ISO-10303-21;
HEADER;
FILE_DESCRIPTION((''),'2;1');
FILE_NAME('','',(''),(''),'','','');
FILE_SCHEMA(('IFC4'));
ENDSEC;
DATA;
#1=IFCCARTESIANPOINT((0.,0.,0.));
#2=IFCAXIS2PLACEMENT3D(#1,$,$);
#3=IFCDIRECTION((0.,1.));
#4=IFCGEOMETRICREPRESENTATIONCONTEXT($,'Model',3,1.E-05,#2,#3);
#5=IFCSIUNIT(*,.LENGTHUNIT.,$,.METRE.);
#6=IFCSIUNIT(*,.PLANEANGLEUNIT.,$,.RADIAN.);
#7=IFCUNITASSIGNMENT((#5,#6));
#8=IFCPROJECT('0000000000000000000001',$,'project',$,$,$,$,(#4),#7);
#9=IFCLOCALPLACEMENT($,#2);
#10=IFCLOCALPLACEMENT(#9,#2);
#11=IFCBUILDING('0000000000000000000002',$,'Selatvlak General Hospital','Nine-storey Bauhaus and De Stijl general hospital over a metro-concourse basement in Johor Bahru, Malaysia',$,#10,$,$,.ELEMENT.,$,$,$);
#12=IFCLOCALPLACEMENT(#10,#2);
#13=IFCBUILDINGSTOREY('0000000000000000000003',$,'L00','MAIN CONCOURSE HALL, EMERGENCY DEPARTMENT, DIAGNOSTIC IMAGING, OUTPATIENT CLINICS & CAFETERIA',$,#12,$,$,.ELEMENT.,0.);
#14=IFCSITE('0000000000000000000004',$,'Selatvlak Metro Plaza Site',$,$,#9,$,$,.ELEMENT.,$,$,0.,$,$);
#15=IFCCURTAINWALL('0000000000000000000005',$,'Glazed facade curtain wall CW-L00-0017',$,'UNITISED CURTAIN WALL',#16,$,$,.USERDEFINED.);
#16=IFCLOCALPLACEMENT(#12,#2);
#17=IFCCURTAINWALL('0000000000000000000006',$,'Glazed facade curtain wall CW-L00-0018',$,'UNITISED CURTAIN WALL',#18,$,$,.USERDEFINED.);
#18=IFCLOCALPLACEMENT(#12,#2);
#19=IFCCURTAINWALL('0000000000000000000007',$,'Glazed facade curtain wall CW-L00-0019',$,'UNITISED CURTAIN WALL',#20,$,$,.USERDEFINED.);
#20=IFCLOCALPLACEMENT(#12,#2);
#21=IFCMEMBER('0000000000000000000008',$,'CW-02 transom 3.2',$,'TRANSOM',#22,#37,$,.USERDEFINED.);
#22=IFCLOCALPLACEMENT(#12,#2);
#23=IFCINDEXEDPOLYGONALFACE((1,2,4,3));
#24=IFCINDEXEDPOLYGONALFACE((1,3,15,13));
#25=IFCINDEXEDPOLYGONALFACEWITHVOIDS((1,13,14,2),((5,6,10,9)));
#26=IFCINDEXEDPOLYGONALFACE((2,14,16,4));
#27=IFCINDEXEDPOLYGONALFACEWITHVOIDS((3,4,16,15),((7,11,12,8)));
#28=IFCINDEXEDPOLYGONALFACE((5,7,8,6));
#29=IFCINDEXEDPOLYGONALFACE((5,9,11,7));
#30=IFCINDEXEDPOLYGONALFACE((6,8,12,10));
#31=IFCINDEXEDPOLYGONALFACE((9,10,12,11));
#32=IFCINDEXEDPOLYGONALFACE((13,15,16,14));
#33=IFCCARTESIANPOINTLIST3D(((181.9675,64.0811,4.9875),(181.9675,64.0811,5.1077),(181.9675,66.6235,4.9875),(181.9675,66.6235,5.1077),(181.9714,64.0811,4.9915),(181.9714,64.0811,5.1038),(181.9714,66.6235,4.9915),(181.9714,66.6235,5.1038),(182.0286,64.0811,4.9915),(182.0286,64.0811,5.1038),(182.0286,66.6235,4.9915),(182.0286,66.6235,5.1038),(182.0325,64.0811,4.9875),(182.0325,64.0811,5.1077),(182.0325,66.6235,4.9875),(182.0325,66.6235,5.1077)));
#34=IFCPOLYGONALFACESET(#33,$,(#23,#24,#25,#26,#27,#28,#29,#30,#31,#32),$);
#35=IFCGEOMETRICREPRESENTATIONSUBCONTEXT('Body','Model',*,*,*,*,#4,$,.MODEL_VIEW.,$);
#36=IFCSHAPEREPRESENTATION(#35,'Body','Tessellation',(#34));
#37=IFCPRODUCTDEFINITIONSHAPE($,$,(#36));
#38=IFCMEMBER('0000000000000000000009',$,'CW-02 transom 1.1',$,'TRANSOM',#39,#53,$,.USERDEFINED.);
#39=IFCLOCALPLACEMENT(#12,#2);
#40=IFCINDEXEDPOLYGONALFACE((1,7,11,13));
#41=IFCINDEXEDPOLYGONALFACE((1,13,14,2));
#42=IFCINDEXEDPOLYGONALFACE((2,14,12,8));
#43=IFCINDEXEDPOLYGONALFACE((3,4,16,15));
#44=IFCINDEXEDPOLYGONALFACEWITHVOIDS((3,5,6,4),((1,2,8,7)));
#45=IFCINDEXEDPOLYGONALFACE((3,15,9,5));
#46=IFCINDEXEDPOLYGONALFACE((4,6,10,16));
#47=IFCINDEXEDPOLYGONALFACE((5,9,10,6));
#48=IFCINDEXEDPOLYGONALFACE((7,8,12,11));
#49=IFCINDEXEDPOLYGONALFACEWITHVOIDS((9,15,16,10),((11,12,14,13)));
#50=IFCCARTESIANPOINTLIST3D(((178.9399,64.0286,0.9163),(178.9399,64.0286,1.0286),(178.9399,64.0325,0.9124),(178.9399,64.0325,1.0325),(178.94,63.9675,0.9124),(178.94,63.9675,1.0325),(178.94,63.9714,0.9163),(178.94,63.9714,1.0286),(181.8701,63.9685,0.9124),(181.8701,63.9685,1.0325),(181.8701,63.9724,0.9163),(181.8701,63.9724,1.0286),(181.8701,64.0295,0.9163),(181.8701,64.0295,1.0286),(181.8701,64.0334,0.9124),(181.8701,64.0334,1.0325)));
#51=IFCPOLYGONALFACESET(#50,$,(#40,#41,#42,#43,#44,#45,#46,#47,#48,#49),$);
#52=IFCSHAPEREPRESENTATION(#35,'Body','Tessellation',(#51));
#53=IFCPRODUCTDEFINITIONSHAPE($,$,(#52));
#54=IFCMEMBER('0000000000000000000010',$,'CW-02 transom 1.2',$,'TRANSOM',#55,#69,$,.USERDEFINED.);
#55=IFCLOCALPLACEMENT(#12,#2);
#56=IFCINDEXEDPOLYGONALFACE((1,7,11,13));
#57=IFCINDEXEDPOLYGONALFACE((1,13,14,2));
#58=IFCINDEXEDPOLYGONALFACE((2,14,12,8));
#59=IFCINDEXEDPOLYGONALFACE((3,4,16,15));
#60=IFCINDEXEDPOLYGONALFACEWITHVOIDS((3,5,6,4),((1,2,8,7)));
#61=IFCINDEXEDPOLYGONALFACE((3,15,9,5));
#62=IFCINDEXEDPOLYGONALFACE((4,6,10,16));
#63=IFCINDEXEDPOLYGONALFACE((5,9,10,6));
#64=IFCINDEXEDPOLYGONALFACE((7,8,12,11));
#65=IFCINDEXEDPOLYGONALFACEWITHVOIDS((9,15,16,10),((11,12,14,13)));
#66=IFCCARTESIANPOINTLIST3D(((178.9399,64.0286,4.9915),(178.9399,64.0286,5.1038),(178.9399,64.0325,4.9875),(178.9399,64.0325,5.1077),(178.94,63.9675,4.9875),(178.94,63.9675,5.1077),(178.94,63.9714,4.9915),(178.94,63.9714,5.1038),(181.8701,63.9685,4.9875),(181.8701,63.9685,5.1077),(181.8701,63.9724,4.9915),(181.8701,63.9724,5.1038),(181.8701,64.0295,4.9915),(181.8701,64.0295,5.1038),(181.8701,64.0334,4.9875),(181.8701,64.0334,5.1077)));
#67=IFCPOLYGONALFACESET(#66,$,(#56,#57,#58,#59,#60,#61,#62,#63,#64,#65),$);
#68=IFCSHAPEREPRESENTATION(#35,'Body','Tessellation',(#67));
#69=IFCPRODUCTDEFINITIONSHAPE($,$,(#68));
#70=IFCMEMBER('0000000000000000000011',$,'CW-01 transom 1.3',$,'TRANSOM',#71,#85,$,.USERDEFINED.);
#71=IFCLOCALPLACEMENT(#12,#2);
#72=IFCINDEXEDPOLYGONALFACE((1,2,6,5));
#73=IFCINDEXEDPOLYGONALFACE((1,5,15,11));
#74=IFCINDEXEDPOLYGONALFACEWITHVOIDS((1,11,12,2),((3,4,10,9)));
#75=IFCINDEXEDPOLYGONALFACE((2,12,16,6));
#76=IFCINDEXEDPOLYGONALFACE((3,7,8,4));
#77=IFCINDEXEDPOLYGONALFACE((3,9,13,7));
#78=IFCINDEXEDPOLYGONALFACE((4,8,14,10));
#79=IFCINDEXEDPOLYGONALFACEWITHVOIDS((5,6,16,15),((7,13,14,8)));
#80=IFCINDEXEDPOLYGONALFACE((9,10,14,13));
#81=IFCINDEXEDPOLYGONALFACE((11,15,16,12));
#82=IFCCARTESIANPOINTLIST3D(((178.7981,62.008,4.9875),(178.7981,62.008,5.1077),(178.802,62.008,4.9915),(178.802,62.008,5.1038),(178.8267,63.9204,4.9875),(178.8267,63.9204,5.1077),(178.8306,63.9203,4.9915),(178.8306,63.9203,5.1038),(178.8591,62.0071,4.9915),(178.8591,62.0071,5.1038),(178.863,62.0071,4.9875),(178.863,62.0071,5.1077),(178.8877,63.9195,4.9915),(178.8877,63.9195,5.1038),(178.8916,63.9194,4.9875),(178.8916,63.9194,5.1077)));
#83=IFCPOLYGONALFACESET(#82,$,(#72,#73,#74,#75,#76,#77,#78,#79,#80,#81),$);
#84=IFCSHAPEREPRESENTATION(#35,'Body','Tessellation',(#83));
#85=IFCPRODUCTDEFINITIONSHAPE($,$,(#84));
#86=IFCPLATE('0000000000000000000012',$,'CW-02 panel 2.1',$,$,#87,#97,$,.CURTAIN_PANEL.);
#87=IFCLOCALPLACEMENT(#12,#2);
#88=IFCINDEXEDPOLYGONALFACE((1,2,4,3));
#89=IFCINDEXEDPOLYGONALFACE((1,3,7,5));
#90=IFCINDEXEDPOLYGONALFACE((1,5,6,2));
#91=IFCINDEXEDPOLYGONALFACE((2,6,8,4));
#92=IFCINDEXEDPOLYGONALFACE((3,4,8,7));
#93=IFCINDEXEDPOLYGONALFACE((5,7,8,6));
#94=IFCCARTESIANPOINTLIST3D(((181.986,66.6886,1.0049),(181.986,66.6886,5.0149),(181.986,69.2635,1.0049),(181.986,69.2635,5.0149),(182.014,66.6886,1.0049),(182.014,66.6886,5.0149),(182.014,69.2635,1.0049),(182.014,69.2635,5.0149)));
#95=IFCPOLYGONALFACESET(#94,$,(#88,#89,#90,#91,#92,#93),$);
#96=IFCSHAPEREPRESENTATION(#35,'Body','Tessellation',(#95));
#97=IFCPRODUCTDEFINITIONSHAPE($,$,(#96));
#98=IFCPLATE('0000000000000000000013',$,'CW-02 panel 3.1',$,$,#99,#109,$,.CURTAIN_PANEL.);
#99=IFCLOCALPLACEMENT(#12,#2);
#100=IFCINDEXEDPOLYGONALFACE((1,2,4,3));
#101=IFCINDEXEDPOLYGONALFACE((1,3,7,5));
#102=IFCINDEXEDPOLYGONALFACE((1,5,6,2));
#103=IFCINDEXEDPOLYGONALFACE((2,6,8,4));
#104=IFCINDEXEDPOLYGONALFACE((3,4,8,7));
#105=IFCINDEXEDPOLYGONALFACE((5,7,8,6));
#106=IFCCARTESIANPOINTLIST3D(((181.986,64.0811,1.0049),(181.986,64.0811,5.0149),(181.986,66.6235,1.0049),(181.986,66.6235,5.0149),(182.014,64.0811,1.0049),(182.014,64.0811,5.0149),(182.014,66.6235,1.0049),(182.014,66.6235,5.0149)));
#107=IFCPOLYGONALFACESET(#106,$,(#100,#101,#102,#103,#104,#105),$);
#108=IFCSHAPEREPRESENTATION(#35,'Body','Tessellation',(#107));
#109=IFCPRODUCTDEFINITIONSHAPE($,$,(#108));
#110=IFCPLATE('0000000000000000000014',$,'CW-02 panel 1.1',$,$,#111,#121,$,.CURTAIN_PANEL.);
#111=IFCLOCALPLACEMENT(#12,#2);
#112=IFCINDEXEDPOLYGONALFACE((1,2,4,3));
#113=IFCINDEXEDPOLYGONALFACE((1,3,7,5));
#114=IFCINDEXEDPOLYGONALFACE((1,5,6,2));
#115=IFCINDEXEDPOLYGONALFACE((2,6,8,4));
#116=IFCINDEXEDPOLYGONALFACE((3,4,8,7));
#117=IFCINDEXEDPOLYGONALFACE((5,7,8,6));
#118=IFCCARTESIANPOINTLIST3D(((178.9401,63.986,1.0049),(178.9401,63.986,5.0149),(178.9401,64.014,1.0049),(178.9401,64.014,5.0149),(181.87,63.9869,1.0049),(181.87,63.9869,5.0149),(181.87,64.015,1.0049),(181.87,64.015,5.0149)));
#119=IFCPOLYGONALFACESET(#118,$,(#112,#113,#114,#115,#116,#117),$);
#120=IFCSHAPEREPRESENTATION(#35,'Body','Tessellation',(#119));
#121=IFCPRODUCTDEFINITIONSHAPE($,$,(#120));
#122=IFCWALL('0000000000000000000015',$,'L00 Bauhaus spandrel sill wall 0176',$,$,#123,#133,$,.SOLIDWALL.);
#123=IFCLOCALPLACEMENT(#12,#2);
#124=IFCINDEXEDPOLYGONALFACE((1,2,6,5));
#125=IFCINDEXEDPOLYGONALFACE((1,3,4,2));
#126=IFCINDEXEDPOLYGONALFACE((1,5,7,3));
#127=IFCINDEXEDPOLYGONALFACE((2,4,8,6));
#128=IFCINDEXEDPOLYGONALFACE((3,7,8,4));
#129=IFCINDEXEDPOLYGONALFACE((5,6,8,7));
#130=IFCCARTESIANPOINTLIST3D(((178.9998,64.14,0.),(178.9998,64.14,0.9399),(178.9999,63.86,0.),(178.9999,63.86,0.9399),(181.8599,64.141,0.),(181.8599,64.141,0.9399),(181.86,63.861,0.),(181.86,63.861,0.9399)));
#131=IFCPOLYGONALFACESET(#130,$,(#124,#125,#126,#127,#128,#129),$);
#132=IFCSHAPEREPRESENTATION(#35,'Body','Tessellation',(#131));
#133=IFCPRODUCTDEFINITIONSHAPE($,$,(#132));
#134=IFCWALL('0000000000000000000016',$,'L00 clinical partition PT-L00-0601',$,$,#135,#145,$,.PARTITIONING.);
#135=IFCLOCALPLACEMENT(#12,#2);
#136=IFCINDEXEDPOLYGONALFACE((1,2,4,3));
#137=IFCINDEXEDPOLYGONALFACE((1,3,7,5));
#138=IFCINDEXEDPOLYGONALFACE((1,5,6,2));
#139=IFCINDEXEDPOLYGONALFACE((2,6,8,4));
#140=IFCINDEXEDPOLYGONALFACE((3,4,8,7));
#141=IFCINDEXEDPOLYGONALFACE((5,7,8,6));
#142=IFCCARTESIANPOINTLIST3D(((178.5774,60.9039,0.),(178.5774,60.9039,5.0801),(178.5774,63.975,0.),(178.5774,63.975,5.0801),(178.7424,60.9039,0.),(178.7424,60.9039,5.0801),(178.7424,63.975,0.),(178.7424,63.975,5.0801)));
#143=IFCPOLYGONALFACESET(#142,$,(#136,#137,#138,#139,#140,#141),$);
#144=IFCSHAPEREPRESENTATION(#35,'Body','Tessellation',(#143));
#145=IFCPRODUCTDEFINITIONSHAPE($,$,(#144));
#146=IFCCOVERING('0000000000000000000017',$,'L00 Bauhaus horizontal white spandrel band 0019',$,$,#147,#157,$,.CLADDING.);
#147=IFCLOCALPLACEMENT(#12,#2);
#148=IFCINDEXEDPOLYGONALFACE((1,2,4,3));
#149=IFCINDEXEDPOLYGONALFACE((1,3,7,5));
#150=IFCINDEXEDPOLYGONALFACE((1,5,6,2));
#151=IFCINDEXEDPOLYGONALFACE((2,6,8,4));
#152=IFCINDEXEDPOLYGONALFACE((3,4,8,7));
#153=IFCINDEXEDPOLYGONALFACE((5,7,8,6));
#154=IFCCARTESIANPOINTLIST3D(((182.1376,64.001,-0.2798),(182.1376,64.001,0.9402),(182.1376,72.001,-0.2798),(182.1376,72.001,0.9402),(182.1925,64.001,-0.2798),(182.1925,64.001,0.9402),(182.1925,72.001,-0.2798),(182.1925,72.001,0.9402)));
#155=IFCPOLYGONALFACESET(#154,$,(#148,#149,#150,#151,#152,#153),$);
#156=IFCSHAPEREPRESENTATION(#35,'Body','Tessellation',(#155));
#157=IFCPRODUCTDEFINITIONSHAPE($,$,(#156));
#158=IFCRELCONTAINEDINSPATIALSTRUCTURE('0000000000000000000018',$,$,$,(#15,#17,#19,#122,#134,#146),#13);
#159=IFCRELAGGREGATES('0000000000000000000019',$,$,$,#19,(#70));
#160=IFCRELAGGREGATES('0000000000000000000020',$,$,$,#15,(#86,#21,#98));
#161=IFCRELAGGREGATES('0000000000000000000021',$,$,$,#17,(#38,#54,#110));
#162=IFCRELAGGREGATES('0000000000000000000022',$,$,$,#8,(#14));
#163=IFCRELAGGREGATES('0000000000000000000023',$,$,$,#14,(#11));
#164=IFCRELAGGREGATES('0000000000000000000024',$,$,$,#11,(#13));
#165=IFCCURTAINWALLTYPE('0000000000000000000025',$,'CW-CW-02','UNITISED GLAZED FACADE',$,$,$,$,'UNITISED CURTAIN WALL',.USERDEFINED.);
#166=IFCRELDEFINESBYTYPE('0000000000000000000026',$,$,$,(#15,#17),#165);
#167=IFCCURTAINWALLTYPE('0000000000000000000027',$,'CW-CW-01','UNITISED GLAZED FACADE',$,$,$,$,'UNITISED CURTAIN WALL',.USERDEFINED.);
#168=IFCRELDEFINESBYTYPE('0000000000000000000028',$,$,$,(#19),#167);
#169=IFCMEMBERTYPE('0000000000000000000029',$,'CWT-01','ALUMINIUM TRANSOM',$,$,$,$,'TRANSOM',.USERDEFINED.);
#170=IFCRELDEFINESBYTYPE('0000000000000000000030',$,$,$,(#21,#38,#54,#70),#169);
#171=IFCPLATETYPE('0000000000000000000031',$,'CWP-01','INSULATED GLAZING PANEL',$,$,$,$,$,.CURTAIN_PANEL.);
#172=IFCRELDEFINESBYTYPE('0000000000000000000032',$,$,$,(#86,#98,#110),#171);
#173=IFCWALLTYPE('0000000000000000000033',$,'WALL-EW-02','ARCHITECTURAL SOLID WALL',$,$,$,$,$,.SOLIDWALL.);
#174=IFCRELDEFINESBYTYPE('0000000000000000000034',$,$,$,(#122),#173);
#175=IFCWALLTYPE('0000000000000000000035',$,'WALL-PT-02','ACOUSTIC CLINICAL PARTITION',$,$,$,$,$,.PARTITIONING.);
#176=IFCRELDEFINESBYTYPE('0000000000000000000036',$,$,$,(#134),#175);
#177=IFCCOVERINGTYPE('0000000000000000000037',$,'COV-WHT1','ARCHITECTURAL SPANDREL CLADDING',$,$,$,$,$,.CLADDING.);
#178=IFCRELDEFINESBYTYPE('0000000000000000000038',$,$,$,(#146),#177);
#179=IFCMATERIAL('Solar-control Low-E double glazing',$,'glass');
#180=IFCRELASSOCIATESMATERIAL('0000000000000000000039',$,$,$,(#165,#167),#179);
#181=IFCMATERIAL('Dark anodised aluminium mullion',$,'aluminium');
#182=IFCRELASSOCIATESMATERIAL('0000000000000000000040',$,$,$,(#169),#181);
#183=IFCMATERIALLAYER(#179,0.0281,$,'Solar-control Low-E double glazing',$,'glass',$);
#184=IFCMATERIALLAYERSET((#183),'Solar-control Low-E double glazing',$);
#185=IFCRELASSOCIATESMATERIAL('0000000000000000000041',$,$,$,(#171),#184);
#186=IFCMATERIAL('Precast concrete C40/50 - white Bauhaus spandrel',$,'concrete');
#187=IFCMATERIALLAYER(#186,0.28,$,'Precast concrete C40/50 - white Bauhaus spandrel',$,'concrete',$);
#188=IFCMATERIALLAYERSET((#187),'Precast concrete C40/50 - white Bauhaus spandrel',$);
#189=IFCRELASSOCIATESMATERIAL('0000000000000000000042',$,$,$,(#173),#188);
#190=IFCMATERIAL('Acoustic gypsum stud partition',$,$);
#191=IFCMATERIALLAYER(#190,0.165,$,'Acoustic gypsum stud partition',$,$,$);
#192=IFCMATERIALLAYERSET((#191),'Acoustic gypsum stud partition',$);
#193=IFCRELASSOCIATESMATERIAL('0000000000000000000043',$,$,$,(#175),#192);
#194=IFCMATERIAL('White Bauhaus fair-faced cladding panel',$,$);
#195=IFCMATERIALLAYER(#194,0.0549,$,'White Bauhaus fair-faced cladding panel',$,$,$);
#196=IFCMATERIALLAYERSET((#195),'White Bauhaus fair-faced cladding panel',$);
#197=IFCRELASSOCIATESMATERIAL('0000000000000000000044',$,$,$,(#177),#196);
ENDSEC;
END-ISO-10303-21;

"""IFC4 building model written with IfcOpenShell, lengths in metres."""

from ifc_helpers import new_model, si_unit, direction, frame, frame_2d, origin, origin_2d, place, context, subcontext, project, spatial, rectangle, hollow_rectangle, extrude, material, layer, layer_set, material_profile, profile_set, type_object, element, aggregate, save


model = new_model("IFC4")

# Units and contexts
model_context = context("Model", 3, precision=1e-05, world=origin(), true_north=direction((0.0, 1.0)))
body_context = subcontext(model_context, "Body", "Model", "MODEL_VIEW")
ifc_project = project(units=[si_unit("LENGTHUNIT", "METRE"), si_unit("PLANEANGLEUNIT", "RADIAN")], contexts=[model_context])

# Site, building, storey
site_placement = place(None, origin())
site = spatial("IfcSite", under=ifc_project, at=site_placement, Name="Selatvlak Metro Plaza Site", CompositionType="ELEMENT", RefElevation=0.0)
building_placement = place(site_placement, origin())
building = spatial("IfcBuilding", under=site, at=building_placement, Name="Selatvlak General Hospital", Description="Nine-storey Bauhaus and De Stijl general hospital over a metro-concourse basement in Johor Bahru, Malaysia", CompositionType="ELEMENT")
storey_placement = place(building_placement, origin())
storey = spatial("IfcBuildingStorey", under=building, at=storey_placement, Name="L00", Description="MAIN CONCOURSE HALL, EMERGENCY DEPARTMENT, DIAGNOSTIC IMAGING, OUTPATIENT CLINICS & CAFETERIA", CompositionType="ELEMENT", Elevation=0.0)

# Curtain walls
ifc_material_1 = material(Name="Solar-control Low-E double glazing", Category="glass")
curtain_wall_type_1 = type_object("IfcCurtainWallType", Name="CW-CW-02", Description="UNITISED GLAZED FACADE", ElementType="UNITISED CURTAIN WALL", PredefinedType="USERDEFINED", material=ifc_material_1)
curtain_wall_1_placement = place(storey_placement, origin())
curtain_wall_1 = element("IfcCurtainWall", 1, at=curtain_wall_1_placement, inside=storey, type_object=curtain_wall_type_1, Name="Glazed facade curtain wall CW-L00-0017", ObjectType="UNITISED CURTAIN WALL", PredefinedType="USERDEFINED")
ifc_material_2 = material(Name="Dark anodised aluminium mullion", Category="aluminium")
curtain_wall_2_placement = place(storey_placement, origin())
curtain_wall_2 = element("IfcCurtainWall", 2, at=curtain_wall_2_placement, inside=storey, type_object=curtain_wall_type_1, Name="Glazed facade curtain wall CW-L00-0018", ObjectType="UNITISED CURTAIN WALL", PredefinedType="USERDEFINED")

# Curtain wall
curtain_wall_type_2 = type_object("IfcCurtainWallType", Name="CW-CW-01", Description="UNITISED GLAZED FACADE", ElementType="UNITISED CURTAIN WALL", PredefinedType="USERDEFINED", material=ifc_material_1)
curtain_wall_3_placement = place(storey_placement, origin())
curtain_wall_3 = element("IfcCurtainWall", 3, at=curtain_wall_3_placement, inside=storey, type_object=curtain_wall_type_2, Name="Glazed facade curtain wall CW-L00-0019", ObjectType="UNITISED CURTAIN WALL", PredefinedType="USERDEFINED")

# Members
ifc_material_profile_1 = material_profile(ifc_material_2, hollow_rectangle(XDim=0.0649, YDim=0.1201, WallThickness=0.0039, at=origin_2d()), Name="AL-TRN 65x120x4")
ifc_profile_set_1 = profile_set([ifc_material_profile_1], Name="Dark anodised aluminium mullion")
member_type_1 = type_object("IfcMemberType", Name="CWT-01", Description="ALUMINIUM TRANSOM", ElementType="TRANSOM", PredefinedType="USERDEFINED", material=ifc_profile_set_1)
member_1_placement = place(storey_placement, frame((182.0, 66.6235, 5.0476), z_axis=(0.0, -1.0, 0.0), x_axis=(1.0, 0.0, 0.0)))
member_1 = element("IfcMember", 4, at=member_1_placement, type_object=member_type_1, Name="CW-02 transom 3.2", ObjectType="TRANSOM", PredefinedType="USERDEFINED", context=body_context, shape_type="SweptSolid", body=[
    extrude(hollow_rectangle(XDim=0.0649, YDim=0.1201, WallThickness=0.0039, at=origin_2d()), origin(), (0.0, 0.0, 1.0), 2.5425),
])
member_2_placement = place(storey_placement, frame((181.8701, 64.001, 0.9724), z_axis=(-1.0, -0.000333, 0.0), x_axis=(0.000333, -1.0, 0.0)))
member_2 = element("IfcMember", 5, at=member_2_placement, type_object=member_type_1, Name="CW-02 transom 1.1", ObjectType="TRANSOM", PredefinedType="USERDEFINED", context=body_context, shape_type="SweptSolid", body=[
    extrude(hollow_rectangle(XDim=0.0649, YDim=0.1201, WallThickness=0.0039, at=origin_2d()), origin(), (0.0, 0.0, 1.0), 2.9302),
])
member_3_placement = place(storey_placement, frame((181.8701, 64.001, 5.0476), z_axis=(-1.0, -0.000333, 0.0), x_axis=(0.000333, -1.0, 0.0)))
member_3 = element("IfcMember", 6, at=member_3_placement, type_object=member_type_1, Name="CW-02 transom 1.2", ObjectType="TRANSOM", PredefinedType="USERDEFINED", context=body_context, shape_type="SweptSolid", body=[
    extrude(hollow_rectangle(XDim=0.0649, YDim=0.1201, WallThickness=0.0039, at=origin_2d()), origin(), (0.0, 0.0, 1.0), 2.9302),
])
member_4_placement = place(storey_placement, frame((178.8591, 63.9199, 5.0476), z_axis=(-0.014935, -0.999888, 0.0), x_axis=(0.999888, -0.014935, 0.0)))
member_4 = element("IfcMember", 7, at=member_4_placement, type_object=member_type_1, Name="CW-01 transom 1.3", ObjectType="TRANSOM", PredefinedType="USERDEFINED", context=body_context, shape_type="SweptSolid", body=[
    extrude(hollow_rectangle(XDim=0.0649, YDim=0.1201, WallThickness=0.0039, at=origin_2d()), origin(), (0.0, 0.0, 1.0), 1.9126),
])
aggregate(curtain_wall_3, [member_4])

# Plates
ifc_layer_1 = layer(ifc_material_1, 0.0281, Name="Solar-control Low-E double glazing", Category="glass")
ifc_layer_set_1 = layer_set([ifc_layer_1], Name="Solar-control Low-E double glazing")
plate_type = type_object("IfcPlateType", Name="CWP-01", Description="INSULATED GLAZING PANEL", PredefinedType="CURTAIN_PANEL", material=ifc_layer_set_1)
plate_1_placement = place(storey_placement, frame((182.0, 67.9761, 1.0049), z_axis=(0.0, 0.0, 1.0), x_axis=(0.0, -1.0, 0.0)))
plate_1 = element("IfcPlate", 8, at=plate_1_placement, type_object=plate_type, Name="CW-02 panel 2.1", PredefinedType="CURTAIN_PANEL", context=body_context, shape_type="SweptSolid", body=[
    extrude(rectangle(XDim=2.575, YDim=0.0281, at=origin_2d()), origin(), (0.0, 0.0, 1.0), 4.01),
])
plate_2_placement = place(storey_placement, frame((182.0, 65.3523, 1.0049), z_axis=(0.0, 0.0, 1.0), x_axis=(0.0, -1.0, 0.0)))
plate_2 = element("IfcPlate", 9, at=plate_2_placement, type_object=plate_type, Name="CW-02 panel 3.1", PredefinedType="CURTAIN_PANEL", context=body_context, shape_type="SweptSolid", body=[
    extrude(rectangle(XDim=2.5425, YDim=0.0281, at=origin_2d()), origin(), (0.0, 0.0, 1.0), 4.01),
])
aggregate(curtain_wall_1, [plate_1, member_1, plate_2])
plate_3_placement = place(storey_placement, frame((180.405, 64.0005, 1.0049), z_axis=(0.0, 0.0, 1.0), x_axis=(-1.0, -0.000327, 0.0)))
plate_3 = element("IfcPlate", 10, at=plate_3_placement, type_object=plate_type, Name="CW-02 panel 1.1", PredefinedType="CURTAIN_PANEL", context=body_context, shape_type="SweptSolid", body=[
    extrude(rectangle(XDim=2.9299, YDim=0.0281, at=origin_2d()), origin(), (0.0, 0.0, 1.0), 4.01),
])
aggregate(curtain_wall_2, [member_2, member_3, plate_3])

# Walls
ifc_material_3 = material(Name="Precast concrete C40/50 - white Bauhaus spandrel", Category="concrete")
ifc_layer_2 = layer(ifc_material_3, 0.28, Name="Precast concrete C40/50 - white Bauhaus spandrel", Category="concrete")
ifc_layer_set_2 = layer_set([ifc_layer_2], Name="Precast concrete C40/50 - white Bauhaus spandrel")
wall_type_1 = type_object("IfcWallType", Name="WALL-EW-02", Description="ARCHITECTURAL SOLID WALL", PredefinedType="SOLIDWALL", material=ifc_layer_set_2)
wall_1_placement = place(storey_placement, frame((181.8601, 64.001, 0.0), z_axis=(0.0, 0.0, 1.0), x_axis=(-1.0, -0.000341, 0.0)))
element("IfcWall", 11, at=wall_1_placement, inside=storey, type_object=wall_type_1, Name="L00 Bauhaus spandrel sill wall 0176", PredefinedType="SOLIDWALL", context=body_context, shape_type="SweptSolid", body=[
    extrude(rectangle(XDim=2.8601, YDim=0.28, at=frame_2d((1.4302, 0.0))), origin(), (0.0, 0.0, 1.0), 0.9399),
])
ifc_material_4 = material(Name="Acoustic gypsum stud partition")
ifc_layer_3 = layer(ifc_material_4, 0.165, Name="Acoustic gypsum stud partition")
ifc_layer_set_3 = layer_set([ifc_layer_3], Name="Acoustic gypsum stud partition")
wall_type_2 = type_object("IfcWallType", Name="WALL-PT-02", Description="ACOUSTIC CLINICAL PARTITION", PredefinedType="PARTITIONING", material=ifc_layer_set_3)
wall_2_placement = place(storey_placement, frame((178.6599, 63.9751, 0.0), z_axis=(0.0, 0.0, 1.0), x_axis=(0.0, -1.0, 0.0)))
element("IfcWall", 12, at=wall_2_placement, inside=storey, type_object=wall_type_2, Name="L00 clinical partition PT-L00-0601", PredefinedType="PARTITIONING", context=body_context, shape_type="SweptSolid", body=[
    extrude(rectangle(XDim=3.071, YDim=0.165, at=frame_2d((1.5356, 0.0))), origin(), (0.0, 0.0, 1.0), 5.0801),
])

# Covering
ifc_material_5 = material(Name="White Bauhaus fair-faced cladding panel")
ifc_layer_4 = layer(ifc_material_5, 0.0549, Name="White Bauhaus fair-faced cladding panel")
ifc_layer_set_4 = layer_set([ifc_layer_4], Name="White Bauhaus fair-faced cladding panel")
covering_type = type_object("IfcCoveringType", Name="COV-WHT1", Description="ARCHITECTURAL SPANDREL CLADDING", PredefinedType="CLADDING", material=ifc_layer_set_4)
covering_placement = place(storey_placement, frame((182.165, 68.001, -0.2798), z_axis=(0.0, 0.0, 1.0), x_axis=(0.0, -1.0, 0.0)))
element("IfcCovering", 13, at=covering_placement, inside=storey, type_object=covering_type, Name="L00 Bauhaus horizontal white spandrel band 0019", PredefinedType="CLADDING", context=body_context, shape_type="SweptSolid", body=[
    extrude(rectangle(XDim=8.0, YDim=0.0549, at=origin_2d()), origin(), (0.0, 0.0, 1.0), 1.22),
])

save(model, "model.ifc")
